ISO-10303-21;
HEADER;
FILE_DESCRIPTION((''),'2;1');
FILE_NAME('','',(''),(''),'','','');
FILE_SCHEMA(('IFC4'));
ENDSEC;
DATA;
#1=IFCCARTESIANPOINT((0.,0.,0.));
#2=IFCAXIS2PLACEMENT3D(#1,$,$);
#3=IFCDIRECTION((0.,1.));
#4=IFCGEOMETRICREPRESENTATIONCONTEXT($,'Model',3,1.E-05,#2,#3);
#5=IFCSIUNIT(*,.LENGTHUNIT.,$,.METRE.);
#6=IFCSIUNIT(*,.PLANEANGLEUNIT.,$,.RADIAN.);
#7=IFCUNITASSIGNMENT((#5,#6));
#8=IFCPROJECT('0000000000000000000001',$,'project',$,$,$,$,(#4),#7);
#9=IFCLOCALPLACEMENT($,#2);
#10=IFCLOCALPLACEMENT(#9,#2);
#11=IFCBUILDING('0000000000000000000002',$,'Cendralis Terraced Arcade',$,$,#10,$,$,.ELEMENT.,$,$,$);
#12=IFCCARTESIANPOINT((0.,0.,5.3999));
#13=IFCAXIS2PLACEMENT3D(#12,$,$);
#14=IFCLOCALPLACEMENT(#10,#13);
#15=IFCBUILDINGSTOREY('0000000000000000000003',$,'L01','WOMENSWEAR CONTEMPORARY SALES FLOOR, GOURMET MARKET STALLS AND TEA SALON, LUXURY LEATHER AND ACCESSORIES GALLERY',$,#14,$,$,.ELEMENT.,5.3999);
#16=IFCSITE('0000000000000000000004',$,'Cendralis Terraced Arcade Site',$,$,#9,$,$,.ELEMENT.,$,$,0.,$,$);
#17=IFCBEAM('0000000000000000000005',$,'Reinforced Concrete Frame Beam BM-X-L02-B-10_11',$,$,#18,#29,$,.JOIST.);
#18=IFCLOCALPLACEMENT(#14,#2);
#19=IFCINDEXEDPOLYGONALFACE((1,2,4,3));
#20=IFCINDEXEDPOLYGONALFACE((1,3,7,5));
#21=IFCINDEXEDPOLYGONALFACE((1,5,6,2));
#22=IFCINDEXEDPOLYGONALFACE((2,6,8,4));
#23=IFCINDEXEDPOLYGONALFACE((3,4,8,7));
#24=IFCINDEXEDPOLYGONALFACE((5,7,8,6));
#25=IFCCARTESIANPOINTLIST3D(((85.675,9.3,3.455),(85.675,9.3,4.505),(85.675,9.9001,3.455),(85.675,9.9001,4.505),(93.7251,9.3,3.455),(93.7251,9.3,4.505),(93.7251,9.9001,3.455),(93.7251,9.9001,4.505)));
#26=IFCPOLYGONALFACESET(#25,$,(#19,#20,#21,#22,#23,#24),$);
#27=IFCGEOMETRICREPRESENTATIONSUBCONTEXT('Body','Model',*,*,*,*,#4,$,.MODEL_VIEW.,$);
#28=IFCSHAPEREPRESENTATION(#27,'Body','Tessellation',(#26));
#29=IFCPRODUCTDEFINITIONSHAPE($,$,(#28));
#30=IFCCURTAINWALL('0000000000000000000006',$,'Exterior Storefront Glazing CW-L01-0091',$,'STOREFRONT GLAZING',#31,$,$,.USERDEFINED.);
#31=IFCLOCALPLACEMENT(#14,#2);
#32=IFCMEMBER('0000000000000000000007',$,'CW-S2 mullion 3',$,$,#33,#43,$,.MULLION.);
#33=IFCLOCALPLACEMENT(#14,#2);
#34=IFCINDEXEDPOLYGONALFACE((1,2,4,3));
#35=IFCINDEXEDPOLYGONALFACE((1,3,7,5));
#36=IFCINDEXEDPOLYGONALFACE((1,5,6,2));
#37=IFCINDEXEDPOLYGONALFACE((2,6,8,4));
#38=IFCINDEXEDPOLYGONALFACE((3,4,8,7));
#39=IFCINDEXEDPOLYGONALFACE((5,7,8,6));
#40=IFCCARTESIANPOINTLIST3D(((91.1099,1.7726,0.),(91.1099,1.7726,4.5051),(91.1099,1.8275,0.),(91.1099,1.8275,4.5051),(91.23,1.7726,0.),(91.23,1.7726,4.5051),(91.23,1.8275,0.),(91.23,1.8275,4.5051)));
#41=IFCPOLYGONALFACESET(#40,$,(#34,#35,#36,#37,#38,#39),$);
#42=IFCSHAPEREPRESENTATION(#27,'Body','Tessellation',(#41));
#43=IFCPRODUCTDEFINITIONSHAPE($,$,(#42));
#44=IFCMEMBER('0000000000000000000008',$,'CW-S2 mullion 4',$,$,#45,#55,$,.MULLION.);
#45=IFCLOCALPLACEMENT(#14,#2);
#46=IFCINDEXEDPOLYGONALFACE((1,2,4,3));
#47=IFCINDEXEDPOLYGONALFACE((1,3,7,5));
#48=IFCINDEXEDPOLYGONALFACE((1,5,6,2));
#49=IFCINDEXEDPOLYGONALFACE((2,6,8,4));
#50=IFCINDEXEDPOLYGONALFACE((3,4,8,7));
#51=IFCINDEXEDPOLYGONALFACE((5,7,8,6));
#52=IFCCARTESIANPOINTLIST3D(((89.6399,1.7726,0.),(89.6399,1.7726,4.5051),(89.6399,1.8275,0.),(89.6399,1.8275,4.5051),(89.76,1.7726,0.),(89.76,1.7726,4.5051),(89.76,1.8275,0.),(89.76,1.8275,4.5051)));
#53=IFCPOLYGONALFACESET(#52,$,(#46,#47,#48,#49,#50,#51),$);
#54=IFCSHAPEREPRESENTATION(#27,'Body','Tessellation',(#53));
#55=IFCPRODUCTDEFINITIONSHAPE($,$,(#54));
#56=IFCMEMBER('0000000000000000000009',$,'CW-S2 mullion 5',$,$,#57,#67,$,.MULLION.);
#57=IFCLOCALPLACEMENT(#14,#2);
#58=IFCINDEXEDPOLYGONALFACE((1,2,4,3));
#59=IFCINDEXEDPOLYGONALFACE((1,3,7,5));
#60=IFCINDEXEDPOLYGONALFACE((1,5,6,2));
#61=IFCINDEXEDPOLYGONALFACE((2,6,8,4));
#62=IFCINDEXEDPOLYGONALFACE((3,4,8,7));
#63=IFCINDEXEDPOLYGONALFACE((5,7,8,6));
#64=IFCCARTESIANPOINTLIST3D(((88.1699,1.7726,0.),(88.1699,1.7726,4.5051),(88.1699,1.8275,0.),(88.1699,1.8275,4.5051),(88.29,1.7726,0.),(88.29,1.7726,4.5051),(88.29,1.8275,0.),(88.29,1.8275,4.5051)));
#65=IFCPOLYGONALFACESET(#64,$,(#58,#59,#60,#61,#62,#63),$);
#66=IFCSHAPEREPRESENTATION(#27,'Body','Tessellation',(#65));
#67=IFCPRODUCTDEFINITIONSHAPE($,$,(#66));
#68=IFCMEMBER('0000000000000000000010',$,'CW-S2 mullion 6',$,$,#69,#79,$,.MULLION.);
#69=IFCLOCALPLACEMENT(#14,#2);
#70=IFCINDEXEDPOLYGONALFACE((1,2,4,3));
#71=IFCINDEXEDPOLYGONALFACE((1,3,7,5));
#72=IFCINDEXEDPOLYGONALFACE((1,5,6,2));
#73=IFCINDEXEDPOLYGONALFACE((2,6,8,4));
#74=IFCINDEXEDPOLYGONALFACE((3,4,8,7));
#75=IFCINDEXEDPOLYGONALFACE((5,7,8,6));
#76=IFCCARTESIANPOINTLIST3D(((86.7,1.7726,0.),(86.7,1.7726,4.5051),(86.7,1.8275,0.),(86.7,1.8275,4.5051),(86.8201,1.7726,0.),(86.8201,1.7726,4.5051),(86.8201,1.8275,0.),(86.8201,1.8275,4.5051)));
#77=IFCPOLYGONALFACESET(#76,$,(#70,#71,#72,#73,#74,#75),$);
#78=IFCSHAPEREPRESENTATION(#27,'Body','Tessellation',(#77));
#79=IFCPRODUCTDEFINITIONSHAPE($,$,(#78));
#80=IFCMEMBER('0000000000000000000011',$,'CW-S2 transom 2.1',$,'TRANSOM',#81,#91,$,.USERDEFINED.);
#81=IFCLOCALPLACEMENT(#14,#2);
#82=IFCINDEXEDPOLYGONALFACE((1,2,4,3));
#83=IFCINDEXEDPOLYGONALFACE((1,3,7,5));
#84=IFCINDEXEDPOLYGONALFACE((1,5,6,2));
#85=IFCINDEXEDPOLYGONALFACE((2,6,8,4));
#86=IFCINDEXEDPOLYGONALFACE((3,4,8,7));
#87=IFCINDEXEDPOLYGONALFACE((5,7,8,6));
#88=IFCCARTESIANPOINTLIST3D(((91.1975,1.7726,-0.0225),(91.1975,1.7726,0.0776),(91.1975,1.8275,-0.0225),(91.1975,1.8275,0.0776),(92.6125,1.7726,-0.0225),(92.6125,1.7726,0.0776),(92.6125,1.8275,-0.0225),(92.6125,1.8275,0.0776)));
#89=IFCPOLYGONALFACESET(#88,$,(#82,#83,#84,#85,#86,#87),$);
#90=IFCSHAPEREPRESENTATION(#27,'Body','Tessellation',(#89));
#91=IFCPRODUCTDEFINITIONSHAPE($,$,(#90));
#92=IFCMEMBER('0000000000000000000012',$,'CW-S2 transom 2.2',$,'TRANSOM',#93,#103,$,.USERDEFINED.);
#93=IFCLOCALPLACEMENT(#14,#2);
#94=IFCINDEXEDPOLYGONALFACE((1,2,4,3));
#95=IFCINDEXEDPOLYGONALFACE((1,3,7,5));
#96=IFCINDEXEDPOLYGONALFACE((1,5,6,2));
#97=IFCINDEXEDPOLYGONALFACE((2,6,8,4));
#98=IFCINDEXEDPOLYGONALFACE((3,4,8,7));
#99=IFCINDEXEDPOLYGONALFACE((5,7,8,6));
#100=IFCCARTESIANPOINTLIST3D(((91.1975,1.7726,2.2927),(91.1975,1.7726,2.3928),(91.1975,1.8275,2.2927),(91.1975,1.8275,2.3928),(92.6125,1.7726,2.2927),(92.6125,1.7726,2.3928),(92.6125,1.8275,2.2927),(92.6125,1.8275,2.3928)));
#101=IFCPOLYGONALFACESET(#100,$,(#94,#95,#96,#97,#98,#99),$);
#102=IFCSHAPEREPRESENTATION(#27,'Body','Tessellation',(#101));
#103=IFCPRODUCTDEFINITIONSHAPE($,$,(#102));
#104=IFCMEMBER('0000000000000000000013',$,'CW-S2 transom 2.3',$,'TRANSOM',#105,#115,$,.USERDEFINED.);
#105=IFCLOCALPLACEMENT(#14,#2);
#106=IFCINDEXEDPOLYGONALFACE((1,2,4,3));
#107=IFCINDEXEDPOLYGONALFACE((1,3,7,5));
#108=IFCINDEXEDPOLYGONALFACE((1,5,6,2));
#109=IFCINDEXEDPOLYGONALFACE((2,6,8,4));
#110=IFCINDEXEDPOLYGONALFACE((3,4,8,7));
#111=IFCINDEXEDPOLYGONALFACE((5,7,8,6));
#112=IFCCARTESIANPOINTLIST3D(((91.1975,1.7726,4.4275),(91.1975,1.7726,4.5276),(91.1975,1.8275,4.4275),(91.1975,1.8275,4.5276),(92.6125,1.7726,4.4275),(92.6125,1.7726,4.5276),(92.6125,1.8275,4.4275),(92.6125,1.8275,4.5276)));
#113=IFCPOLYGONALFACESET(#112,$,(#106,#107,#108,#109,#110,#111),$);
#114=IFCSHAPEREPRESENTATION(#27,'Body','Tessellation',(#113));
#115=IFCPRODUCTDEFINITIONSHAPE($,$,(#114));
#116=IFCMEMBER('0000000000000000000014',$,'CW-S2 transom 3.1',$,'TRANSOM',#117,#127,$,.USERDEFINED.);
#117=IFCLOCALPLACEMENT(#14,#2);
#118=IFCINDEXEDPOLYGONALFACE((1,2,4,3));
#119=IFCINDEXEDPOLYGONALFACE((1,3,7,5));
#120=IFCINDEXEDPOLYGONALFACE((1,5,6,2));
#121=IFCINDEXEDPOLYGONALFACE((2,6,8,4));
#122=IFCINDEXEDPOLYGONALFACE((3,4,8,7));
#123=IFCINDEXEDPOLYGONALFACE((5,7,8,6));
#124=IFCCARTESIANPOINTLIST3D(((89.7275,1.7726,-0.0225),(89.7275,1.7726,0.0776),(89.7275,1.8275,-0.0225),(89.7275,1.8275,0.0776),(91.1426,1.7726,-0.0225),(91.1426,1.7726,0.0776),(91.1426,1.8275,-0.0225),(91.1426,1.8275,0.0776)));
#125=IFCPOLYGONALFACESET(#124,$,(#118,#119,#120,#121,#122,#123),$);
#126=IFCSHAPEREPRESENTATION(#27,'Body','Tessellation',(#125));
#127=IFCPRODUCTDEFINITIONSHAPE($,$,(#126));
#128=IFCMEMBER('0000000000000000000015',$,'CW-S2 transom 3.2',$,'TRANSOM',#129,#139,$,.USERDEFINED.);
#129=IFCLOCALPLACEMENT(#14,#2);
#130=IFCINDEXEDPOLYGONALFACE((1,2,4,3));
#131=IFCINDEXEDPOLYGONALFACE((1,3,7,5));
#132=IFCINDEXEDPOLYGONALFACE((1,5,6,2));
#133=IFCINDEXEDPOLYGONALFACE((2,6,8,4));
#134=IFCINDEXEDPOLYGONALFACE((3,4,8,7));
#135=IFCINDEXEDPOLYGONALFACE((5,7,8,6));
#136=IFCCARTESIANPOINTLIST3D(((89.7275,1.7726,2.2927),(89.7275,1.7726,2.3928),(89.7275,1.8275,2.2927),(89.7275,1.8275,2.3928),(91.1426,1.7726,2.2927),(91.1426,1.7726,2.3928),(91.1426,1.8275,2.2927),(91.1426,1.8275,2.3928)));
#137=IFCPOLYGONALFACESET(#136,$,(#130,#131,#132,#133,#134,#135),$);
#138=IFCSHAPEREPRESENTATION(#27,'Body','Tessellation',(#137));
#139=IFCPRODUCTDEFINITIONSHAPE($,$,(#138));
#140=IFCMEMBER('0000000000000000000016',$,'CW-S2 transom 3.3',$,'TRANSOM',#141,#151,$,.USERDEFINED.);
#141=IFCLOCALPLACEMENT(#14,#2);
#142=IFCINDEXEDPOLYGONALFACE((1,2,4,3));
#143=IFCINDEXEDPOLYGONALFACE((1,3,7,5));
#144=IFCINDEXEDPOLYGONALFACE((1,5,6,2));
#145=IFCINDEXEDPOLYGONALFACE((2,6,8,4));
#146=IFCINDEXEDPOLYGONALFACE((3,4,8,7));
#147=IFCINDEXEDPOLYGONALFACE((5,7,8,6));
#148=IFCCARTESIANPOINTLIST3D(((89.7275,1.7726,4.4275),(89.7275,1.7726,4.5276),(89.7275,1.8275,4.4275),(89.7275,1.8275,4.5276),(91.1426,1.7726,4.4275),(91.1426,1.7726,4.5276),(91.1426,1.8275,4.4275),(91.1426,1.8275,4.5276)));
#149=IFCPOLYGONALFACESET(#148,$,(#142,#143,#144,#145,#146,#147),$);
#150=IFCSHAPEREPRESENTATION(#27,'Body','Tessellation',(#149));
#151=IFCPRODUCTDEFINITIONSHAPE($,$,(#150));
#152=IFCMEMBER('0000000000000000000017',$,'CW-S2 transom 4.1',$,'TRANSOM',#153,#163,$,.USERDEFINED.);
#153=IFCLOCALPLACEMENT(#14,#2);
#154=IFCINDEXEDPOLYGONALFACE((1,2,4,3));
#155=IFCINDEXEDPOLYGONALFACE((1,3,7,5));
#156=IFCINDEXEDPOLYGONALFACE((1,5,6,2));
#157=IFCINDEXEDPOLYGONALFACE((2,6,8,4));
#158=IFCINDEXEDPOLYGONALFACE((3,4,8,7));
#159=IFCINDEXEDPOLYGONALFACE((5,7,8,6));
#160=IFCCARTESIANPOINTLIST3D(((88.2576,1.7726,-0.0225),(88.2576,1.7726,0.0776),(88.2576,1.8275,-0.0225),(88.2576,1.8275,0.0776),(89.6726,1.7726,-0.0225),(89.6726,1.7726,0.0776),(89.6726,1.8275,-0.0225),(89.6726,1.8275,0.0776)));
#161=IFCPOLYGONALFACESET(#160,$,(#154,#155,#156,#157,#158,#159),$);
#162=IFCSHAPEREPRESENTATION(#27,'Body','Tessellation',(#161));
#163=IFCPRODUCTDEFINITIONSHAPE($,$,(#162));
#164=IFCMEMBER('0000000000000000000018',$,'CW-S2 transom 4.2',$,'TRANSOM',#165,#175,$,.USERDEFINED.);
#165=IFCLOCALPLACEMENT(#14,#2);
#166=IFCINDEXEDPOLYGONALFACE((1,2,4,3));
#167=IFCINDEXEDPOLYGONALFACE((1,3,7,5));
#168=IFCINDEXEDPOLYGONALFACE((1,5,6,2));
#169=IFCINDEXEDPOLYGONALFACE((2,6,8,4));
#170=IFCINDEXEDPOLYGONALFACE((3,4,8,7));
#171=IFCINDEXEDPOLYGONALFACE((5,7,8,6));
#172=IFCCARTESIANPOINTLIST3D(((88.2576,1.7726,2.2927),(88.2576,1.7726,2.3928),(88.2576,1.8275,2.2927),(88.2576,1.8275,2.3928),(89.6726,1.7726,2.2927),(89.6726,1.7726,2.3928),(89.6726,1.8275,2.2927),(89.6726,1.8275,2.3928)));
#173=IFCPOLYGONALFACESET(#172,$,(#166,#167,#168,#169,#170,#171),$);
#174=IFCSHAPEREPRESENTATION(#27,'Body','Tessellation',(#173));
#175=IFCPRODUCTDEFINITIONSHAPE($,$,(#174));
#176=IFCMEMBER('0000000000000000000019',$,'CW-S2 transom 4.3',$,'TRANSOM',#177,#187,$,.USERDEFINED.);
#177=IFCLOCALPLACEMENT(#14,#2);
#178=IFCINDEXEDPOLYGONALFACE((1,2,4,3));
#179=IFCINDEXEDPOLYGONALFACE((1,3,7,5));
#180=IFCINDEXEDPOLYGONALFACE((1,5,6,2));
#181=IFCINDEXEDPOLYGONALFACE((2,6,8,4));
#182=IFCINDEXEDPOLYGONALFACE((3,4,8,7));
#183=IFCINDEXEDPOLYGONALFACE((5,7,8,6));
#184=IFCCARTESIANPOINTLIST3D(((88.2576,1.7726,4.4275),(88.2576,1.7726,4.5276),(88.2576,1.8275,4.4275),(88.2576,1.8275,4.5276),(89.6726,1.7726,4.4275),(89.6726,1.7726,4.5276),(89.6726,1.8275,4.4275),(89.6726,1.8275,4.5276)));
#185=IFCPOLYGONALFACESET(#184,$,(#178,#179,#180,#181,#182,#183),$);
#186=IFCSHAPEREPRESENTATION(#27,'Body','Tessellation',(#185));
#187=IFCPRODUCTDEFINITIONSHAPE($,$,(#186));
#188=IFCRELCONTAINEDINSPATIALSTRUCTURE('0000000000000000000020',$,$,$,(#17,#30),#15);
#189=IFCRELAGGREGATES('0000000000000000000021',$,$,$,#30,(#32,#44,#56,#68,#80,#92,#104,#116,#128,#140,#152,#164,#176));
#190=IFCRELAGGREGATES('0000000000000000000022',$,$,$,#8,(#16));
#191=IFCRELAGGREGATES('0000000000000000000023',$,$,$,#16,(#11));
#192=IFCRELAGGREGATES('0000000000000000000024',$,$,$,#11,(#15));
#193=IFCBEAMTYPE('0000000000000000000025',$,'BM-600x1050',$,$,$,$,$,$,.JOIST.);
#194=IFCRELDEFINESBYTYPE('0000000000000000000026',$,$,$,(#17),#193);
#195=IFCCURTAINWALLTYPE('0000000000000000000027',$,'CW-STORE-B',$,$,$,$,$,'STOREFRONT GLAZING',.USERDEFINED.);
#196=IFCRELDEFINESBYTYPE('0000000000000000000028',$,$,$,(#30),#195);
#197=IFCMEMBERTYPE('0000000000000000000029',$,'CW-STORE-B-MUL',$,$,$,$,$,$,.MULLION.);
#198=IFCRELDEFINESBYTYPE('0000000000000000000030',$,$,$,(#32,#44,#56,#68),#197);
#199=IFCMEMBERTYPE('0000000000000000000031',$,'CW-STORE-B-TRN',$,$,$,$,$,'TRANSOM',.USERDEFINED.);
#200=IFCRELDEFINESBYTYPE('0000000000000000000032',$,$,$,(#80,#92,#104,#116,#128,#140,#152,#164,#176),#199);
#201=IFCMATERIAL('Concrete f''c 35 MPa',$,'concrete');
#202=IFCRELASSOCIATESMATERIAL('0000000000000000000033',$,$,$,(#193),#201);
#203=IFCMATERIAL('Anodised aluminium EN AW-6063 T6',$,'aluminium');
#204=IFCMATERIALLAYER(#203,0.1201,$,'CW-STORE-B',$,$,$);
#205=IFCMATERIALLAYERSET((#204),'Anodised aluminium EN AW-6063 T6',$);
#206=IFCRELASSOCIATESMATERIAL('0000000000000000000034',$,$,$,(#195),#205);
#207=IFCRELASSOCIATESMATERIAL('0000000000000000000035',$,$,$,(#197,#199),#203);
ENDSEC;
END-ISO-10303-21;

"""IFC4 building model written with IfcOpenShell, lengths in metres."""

from ifc_helpers import new_model, si_unit, direction, frame, origin, origin_2d, place, context, subcontext, project, spatial, rectangle, extrude, material, layer, layer_set, material_profile, profile_set, type_object, element, aggregate, save


model = new_model("IFC4")

# Units and contexts
model_context = context("Model", 3, precision=1e-05, world=origin(), true_north=direction((0.0, 1.0)))
body_context = subcontext(model_context, "Body", "Model", "MODEL_VIEW")
ifc_project = project(units=[si_unit("LENGTHUNIT", "METRE"), si_unit("PLANEANGLEUNIT", "RADIAN")], contexts=[model_context])

# Site, building, storey
site_placement = place(None, origin())
site = spatial("IfcSite", under=ifc_project, at=site_placement, Name="Cendralis Terraced Arcade Site", CompositionType="ELEMENT", RefElevation=0.0)
building_placement = place(site_placement, origin())
building = spatial("IfcBuilding", under=site, at=building_placement, Name="Cendralis Terraced Arcade", CompositionType="ELEMENT")
storey_placement = place(building_placement, frame((0.0, 0.0, 5.3999)))
storey = spatial("IfcBuildingStorey", under=building, at=storey_placement, Name="L01", Description="WOMENSWEAR CONTEMPORARY SALES FLOOR, GOURMET MARKET STALLS AND TEA SALON, LUXURY LEATHER AND ACCESSORIES GALLERY", CompositionType="ELEMENT", Elevation=5.3999)

# Beam
ifc_material_1 = material(Name="Concrete f'c 35 MPa", Category="concrete")
ifc_material_profile_1 = material_profile(ifc_material_1, rectangle(XDim=0.6001, YDim=1.05, at=origin_2d()), Name="RC-BM-600x1050", Category="LoadBearing")
ifc_profile_set_1 = profile_set([ifc_material_profile_1], Name="Concrete f'c 35 MPa")
beam_type = type_object("IfcBeamType", Name="BM-600x1050", PredefinedType="JOIST", material=ifc_profile_set_1)
beam_placement = place(storey_placement, frame((85.675, 9.6001, 3.98), z_axis=(1.0, 0.0, 0.0), x_axis=(0.0, 1.0, 0.0)))
element("IfcBeam", 1, at=beam_placement, inside=storey, type_object=beam_type, Name="Reinforced Concrete Frame Beam BM-X-L02-B-10_11", PredefinedType="JOIST", context=body_context, shape_type="SweptSolid", body=[
    extrude(rectangle(XDim=0.6001, YDim=1.05, at=origin_2d()), origin(), (0.0, 0.0, 1.0), 8.05),
])

# Curtain wall, members
ifc_material_2 = material(Name="Anodised aluminium EN AW-6063 T6", Category="aluminium")
ifc_layer_1 = layer(ifc_material_2, 0.1201, Name="CW-STORE-B")
ifc_layer_set_1 = layer_set([ifc_layer_1], Name="Anodised aluminium EN AW-6063 T6")
curtain_wall_type = type_object("IfcCurtainWallType", Name="CW-STORE-B", ElementType="STOREFRONT GLAZING", PredefinedType="USERDEFINED", material=ifc_layer_set_1)
curtain_wall_placement = place(storey_placement, origin())
curtain_wall = element("IfcCurtainWall", 2, at=curtain_wall_placement, inside=storey, type_object=curtain_wall_type, Name="Exterior Storefront Glazing CW-L01-0091", ObjectType="STOREFRONT GLAZING", PredefinedType="USERDEFINED")
ifc_material_profile_2 = material_profile(ifc_material_2, rectangle(XDim=0.0549, YDim=0.1201, at=origin_2d()), Name="ALU-MUL-55x120")
ifc_profile_set_2 = profile_set([ifc_material_profile_2], Name="Anodised aluminium EN AW-6063 T6")
member_type_1 = type_object("IfcMemberType", Name="CW-STORE-B-MUL", PredefinedType="MULLION", material=ifc_profile_set_2)
member_1_placement = place(storey_placement, frame((91.1699, 1.8, 0.0), z_axis=(0.0, 0.0, 1.0), x_axis=(0.0, -1.0, 0.0)))
member_1 = element("IfcMember", 3, at=member_1_placement, type_object=member_type_1, Name="CW-S2 mullion 3", PredefinedType="MULLION", context=body_context, shape_type="SweptSolid", body=[
    extrude(rectangle(XDim=0.0549, YDim=0.1201, at=origin_2d()), origin(), (0.0, 0.0, 1.0), 4.5051),
])
member_2_placement = place(storey_placement, frame((89.7, 1.8, 0.0), z_axis=(0.0, 0.0, 1.0), x_axis=(0.0, -1.0, 0.0)))
member_2 = element("IfcMember", 4, at=member_2_placement, type_object=member_type_1, Name="CW-S2 mullion 4", PredefinedType="MULLION", context=body_context, shape_type="SweptSolid", body=[
    extrude(rectangle(XDim=0.0549, YDim=0.1201, at=origin_2d()), origin(), (0.0, 0.0, 1.0), 4.5051),
])
member_3_placement = place(storey_placement, frame((88.23, 1.8, 0.0), z_axis=(0.0, 0.0, 1.0), x_axis=(0.0, -1.0, 0.0)))
member_3 = element("IfcMember", 5, at=member_3_placement, type_object=member_type_1, Name="CW-S2 mullion 5", PredefinedType="MULLION", context=body_context, shape_type="SweptSolid", body=[
    extrude(rectangle(XDim=0.0549, YDim=0.1201, at=origin_2d()), origin(), (0.0, 0.0, 1.0), 4.5051),
])
member_4_placement = place(storey_placement, frame((86.76, 1.8, 0.0), z_axis=(0.0, 0.0, 1.0), x_axis=(0.0, -1.0, 0.0)))
member_4 = element("IfcMember", 6, at=member_4_placement, type_object=member_type_1, Name="CW-S2 mullion 6", PredefinedType="MULLION", context=body_context, shape_type="SweptSolid", body=[
    extrude(rectangle(XDim=0.0549, YDim=0.1201, at=origin_2d()), origin(), (0.0, 0.0, 1.0), 4.5051),
])
ifc_material_profile_3 = material_profile(ifc_material_2, rectangle(XDim=0.0549, YDim=0.1001, at=origin_2d()), Name="ALU-TRN-55x100")
ifc_profile_set_3 = profile_set([ifc_material_profile_3], Name="Anodised aluminium EN AW-6063 T6")
member_type_2 = type_object("IfcMemberType", Name="CW-STORE-B-TRN", ElementType="TRANSOM", PredefinedType="USERDEFINED", material=ifc_profile_set_3)
member_5_placement = place(storey_placement, frame((92.6125, 1.8, 0.0276), z_axis=(-1.0, 0.0, 0.0), x_axis=(0.0, -1.0, 0.0)))
member_5 = element("IfcMember", 7, at=member_5_placement, type_object=member_type_2, Name="CW-S2 transom 2.1", ObjectType="TRANSOM", PredefinedType="USERDEFINED", context=body_context, shape_type="SweptSolid", body=[
    extrude(rectangle(XDim=0.0549, YDim=0.1001, at=origin_2d()), origin(), (0.0, 0.0, 1.0), 1.415),
])
member_6_placement = place(storey_placement, frame((92.6125, 1.8, 2.3428), z_axis=(-1.0, 0.0, 0.0), x_axis=(0.0, -1.0, 0.0)))
member_6 = element("IfcMember", 8, at=member_6_placement, type_object=member_type_2, Name="CW-S2 transom 2.2", ObjectType="TRANSOM", PredefinedType="USERDEFINED", context=body_context, shape_type="SweptSolid", body=[
    extrude(rectangle(XDim=0.0549, YDim=0.1001, at=origin_2d()), origin(), (0.0, 0.0, 1.0), 1.415),
])
member_7_placement = place(storey_placement, frame((92.6125, 1.8, 4.4775), z_axis=(-1.0, 0.0, 0.0), x_axis=(0.0, -1.0, 0.0)))
member_7 = element("IfcMember", 9, at=member_7_placement, type_object=member_type_2, Name="CW-S2 transom 2.3", ObjectType="TRANSOM", PredefinedType="USERDEFINED", context=body_context, shape_type="SweptSolid", body=[
    extrude(rectangle(XDim=0.0549, YDim=0.1001, at=origin_2d()), origin(), (0.0, 0.0, 1.0), 1.415),
])
member_8_placement = place(storey_placement, frame((91.1426, 1.8, 0.0276), z_axis=(-1.0, 0.0, 0.0), x_axis=(0.0, -1.0, 0.0)))
member_8 = element("IfcMember", 10, at=member_8_placement, type_object=member_type_2, Name="CW-S2 transom 3.1", ObjectType="TRANSOM", PredefinedType="USERDEFINED", context=body_context, shape_type="SweptSolid", body=[
    extrude(rectangle(XDim=0.0549, YDim=0.1001, at=origin_2d()), origin(), (0.0, 0.0, 1.0), 1.415),
])
member_9_placement = place(storey_placement, frame((91.1426, 1.8, 2.3428), z_axis=(-1.0, 0.0, 0.0), x_axis=(0.0, -1.0, 0.0)))
member_9 = element("IfcMember", 11, at=member_9_placement, type_object=member_type_2, Name="CW-S2 transom 3.2", ObjectType="TRANSOM", PredefinedType="USERDEFINED", context=body_context, shape_type="SweptSolid", body=[
    extrude(rectangle(XDim=0.0549, YDim=0.1001, at=origin_2d()), origin(), (0.0, 0.0, 1.0), 1.415),
])
member_10_placement = place(storey_placement, frame((91.1426, 1.8, 4.4775), z_axis=(-1.0, 0.0, 0.0), x_axis=(0.0, -1.0, 0.0)))
member_10 = element("IfcMember", 12, at=member_10_placement, type_object=member_type_2, Name="CW-S2 transom 3.3", ObjectType="TRANSOM", PredefinedType="USERDEFINED", context=body_context, shape_type="SweptSolid", body=[
    extrude(rectangle(XDim=0.0549, YDim=0.1001, at=origin_2d()), origin(), (0.0, 0.0, 1.0), 1.415),
])
member_11_placement = place(storey_placement, frame((89.6726, 1.8, 0.0276), z_axis=(-1.0, 0.0, 0.0), x_axis=(0.0, -1.0, 0.0)))
member_11 = element("IfcMember", 13, at=member_11_placement, type_object=member_type_2, Name="CW-S2 transom 4.1", ObjectType="TRANSOM", PredefinedType="USERDEFINED", context=body_context, shape_type="SweptSolid", body=[
    extrude(rectangle(XDim=0.0549, YDim=0.1001, at=origin_2d()), origin(), (0.0, 0.0, 1.0), 1.415),
])
member_12_placement = place(storey_placement, frame((89.6726, 1.8, 2.3428), z_axis=(-1.0, 0.0, 0.0), x_axis=(0.0, -1.0, 0.0)))
member_12 = element("IfcMember", 14, at=member_12_placement, type_object=member_type_2, Name="CW-S2 transom 4.2", ObjectType="TRANSOM", PredefinedType="USERDEFINED", context=body_context, shape_type="SweptSolid", body=[
    extrude(rectangle(XDim=0.0549, YDim=0.1001, at=origin_2d()), origin(), (0.0, 0.0, 1.0), 1.415),
])
member_13_placement = place(storey_placement, frame((89.6726, 1.8, 4.4775), z_axis=(-1.0, 0.0, 0.0), x_axis=(0.0, -1.0, 0.0)))
member_13 = element("IfcMember", 15, at=member_13_placement, type_object=member_type_2, Name="CW-S2 transom 4.3", ObjectType="TRANSOM", PredefinedType="USERDEFINED", context=body_context, shape_type="SweptSolid", body=[
    extrude(rectangle(XDim=0.0549, YDim=0.1001, at=origin_2d()), origin(), (0.0, 0.0, 1.0), 1.415),
])
aggregate(curtain_wall, [member_1, member_2, member_3, member_4, member_5, member_6, member_7, member_8, member_9, member_10, member_11, member_12, member_13])

save(model, "model.ifc")
